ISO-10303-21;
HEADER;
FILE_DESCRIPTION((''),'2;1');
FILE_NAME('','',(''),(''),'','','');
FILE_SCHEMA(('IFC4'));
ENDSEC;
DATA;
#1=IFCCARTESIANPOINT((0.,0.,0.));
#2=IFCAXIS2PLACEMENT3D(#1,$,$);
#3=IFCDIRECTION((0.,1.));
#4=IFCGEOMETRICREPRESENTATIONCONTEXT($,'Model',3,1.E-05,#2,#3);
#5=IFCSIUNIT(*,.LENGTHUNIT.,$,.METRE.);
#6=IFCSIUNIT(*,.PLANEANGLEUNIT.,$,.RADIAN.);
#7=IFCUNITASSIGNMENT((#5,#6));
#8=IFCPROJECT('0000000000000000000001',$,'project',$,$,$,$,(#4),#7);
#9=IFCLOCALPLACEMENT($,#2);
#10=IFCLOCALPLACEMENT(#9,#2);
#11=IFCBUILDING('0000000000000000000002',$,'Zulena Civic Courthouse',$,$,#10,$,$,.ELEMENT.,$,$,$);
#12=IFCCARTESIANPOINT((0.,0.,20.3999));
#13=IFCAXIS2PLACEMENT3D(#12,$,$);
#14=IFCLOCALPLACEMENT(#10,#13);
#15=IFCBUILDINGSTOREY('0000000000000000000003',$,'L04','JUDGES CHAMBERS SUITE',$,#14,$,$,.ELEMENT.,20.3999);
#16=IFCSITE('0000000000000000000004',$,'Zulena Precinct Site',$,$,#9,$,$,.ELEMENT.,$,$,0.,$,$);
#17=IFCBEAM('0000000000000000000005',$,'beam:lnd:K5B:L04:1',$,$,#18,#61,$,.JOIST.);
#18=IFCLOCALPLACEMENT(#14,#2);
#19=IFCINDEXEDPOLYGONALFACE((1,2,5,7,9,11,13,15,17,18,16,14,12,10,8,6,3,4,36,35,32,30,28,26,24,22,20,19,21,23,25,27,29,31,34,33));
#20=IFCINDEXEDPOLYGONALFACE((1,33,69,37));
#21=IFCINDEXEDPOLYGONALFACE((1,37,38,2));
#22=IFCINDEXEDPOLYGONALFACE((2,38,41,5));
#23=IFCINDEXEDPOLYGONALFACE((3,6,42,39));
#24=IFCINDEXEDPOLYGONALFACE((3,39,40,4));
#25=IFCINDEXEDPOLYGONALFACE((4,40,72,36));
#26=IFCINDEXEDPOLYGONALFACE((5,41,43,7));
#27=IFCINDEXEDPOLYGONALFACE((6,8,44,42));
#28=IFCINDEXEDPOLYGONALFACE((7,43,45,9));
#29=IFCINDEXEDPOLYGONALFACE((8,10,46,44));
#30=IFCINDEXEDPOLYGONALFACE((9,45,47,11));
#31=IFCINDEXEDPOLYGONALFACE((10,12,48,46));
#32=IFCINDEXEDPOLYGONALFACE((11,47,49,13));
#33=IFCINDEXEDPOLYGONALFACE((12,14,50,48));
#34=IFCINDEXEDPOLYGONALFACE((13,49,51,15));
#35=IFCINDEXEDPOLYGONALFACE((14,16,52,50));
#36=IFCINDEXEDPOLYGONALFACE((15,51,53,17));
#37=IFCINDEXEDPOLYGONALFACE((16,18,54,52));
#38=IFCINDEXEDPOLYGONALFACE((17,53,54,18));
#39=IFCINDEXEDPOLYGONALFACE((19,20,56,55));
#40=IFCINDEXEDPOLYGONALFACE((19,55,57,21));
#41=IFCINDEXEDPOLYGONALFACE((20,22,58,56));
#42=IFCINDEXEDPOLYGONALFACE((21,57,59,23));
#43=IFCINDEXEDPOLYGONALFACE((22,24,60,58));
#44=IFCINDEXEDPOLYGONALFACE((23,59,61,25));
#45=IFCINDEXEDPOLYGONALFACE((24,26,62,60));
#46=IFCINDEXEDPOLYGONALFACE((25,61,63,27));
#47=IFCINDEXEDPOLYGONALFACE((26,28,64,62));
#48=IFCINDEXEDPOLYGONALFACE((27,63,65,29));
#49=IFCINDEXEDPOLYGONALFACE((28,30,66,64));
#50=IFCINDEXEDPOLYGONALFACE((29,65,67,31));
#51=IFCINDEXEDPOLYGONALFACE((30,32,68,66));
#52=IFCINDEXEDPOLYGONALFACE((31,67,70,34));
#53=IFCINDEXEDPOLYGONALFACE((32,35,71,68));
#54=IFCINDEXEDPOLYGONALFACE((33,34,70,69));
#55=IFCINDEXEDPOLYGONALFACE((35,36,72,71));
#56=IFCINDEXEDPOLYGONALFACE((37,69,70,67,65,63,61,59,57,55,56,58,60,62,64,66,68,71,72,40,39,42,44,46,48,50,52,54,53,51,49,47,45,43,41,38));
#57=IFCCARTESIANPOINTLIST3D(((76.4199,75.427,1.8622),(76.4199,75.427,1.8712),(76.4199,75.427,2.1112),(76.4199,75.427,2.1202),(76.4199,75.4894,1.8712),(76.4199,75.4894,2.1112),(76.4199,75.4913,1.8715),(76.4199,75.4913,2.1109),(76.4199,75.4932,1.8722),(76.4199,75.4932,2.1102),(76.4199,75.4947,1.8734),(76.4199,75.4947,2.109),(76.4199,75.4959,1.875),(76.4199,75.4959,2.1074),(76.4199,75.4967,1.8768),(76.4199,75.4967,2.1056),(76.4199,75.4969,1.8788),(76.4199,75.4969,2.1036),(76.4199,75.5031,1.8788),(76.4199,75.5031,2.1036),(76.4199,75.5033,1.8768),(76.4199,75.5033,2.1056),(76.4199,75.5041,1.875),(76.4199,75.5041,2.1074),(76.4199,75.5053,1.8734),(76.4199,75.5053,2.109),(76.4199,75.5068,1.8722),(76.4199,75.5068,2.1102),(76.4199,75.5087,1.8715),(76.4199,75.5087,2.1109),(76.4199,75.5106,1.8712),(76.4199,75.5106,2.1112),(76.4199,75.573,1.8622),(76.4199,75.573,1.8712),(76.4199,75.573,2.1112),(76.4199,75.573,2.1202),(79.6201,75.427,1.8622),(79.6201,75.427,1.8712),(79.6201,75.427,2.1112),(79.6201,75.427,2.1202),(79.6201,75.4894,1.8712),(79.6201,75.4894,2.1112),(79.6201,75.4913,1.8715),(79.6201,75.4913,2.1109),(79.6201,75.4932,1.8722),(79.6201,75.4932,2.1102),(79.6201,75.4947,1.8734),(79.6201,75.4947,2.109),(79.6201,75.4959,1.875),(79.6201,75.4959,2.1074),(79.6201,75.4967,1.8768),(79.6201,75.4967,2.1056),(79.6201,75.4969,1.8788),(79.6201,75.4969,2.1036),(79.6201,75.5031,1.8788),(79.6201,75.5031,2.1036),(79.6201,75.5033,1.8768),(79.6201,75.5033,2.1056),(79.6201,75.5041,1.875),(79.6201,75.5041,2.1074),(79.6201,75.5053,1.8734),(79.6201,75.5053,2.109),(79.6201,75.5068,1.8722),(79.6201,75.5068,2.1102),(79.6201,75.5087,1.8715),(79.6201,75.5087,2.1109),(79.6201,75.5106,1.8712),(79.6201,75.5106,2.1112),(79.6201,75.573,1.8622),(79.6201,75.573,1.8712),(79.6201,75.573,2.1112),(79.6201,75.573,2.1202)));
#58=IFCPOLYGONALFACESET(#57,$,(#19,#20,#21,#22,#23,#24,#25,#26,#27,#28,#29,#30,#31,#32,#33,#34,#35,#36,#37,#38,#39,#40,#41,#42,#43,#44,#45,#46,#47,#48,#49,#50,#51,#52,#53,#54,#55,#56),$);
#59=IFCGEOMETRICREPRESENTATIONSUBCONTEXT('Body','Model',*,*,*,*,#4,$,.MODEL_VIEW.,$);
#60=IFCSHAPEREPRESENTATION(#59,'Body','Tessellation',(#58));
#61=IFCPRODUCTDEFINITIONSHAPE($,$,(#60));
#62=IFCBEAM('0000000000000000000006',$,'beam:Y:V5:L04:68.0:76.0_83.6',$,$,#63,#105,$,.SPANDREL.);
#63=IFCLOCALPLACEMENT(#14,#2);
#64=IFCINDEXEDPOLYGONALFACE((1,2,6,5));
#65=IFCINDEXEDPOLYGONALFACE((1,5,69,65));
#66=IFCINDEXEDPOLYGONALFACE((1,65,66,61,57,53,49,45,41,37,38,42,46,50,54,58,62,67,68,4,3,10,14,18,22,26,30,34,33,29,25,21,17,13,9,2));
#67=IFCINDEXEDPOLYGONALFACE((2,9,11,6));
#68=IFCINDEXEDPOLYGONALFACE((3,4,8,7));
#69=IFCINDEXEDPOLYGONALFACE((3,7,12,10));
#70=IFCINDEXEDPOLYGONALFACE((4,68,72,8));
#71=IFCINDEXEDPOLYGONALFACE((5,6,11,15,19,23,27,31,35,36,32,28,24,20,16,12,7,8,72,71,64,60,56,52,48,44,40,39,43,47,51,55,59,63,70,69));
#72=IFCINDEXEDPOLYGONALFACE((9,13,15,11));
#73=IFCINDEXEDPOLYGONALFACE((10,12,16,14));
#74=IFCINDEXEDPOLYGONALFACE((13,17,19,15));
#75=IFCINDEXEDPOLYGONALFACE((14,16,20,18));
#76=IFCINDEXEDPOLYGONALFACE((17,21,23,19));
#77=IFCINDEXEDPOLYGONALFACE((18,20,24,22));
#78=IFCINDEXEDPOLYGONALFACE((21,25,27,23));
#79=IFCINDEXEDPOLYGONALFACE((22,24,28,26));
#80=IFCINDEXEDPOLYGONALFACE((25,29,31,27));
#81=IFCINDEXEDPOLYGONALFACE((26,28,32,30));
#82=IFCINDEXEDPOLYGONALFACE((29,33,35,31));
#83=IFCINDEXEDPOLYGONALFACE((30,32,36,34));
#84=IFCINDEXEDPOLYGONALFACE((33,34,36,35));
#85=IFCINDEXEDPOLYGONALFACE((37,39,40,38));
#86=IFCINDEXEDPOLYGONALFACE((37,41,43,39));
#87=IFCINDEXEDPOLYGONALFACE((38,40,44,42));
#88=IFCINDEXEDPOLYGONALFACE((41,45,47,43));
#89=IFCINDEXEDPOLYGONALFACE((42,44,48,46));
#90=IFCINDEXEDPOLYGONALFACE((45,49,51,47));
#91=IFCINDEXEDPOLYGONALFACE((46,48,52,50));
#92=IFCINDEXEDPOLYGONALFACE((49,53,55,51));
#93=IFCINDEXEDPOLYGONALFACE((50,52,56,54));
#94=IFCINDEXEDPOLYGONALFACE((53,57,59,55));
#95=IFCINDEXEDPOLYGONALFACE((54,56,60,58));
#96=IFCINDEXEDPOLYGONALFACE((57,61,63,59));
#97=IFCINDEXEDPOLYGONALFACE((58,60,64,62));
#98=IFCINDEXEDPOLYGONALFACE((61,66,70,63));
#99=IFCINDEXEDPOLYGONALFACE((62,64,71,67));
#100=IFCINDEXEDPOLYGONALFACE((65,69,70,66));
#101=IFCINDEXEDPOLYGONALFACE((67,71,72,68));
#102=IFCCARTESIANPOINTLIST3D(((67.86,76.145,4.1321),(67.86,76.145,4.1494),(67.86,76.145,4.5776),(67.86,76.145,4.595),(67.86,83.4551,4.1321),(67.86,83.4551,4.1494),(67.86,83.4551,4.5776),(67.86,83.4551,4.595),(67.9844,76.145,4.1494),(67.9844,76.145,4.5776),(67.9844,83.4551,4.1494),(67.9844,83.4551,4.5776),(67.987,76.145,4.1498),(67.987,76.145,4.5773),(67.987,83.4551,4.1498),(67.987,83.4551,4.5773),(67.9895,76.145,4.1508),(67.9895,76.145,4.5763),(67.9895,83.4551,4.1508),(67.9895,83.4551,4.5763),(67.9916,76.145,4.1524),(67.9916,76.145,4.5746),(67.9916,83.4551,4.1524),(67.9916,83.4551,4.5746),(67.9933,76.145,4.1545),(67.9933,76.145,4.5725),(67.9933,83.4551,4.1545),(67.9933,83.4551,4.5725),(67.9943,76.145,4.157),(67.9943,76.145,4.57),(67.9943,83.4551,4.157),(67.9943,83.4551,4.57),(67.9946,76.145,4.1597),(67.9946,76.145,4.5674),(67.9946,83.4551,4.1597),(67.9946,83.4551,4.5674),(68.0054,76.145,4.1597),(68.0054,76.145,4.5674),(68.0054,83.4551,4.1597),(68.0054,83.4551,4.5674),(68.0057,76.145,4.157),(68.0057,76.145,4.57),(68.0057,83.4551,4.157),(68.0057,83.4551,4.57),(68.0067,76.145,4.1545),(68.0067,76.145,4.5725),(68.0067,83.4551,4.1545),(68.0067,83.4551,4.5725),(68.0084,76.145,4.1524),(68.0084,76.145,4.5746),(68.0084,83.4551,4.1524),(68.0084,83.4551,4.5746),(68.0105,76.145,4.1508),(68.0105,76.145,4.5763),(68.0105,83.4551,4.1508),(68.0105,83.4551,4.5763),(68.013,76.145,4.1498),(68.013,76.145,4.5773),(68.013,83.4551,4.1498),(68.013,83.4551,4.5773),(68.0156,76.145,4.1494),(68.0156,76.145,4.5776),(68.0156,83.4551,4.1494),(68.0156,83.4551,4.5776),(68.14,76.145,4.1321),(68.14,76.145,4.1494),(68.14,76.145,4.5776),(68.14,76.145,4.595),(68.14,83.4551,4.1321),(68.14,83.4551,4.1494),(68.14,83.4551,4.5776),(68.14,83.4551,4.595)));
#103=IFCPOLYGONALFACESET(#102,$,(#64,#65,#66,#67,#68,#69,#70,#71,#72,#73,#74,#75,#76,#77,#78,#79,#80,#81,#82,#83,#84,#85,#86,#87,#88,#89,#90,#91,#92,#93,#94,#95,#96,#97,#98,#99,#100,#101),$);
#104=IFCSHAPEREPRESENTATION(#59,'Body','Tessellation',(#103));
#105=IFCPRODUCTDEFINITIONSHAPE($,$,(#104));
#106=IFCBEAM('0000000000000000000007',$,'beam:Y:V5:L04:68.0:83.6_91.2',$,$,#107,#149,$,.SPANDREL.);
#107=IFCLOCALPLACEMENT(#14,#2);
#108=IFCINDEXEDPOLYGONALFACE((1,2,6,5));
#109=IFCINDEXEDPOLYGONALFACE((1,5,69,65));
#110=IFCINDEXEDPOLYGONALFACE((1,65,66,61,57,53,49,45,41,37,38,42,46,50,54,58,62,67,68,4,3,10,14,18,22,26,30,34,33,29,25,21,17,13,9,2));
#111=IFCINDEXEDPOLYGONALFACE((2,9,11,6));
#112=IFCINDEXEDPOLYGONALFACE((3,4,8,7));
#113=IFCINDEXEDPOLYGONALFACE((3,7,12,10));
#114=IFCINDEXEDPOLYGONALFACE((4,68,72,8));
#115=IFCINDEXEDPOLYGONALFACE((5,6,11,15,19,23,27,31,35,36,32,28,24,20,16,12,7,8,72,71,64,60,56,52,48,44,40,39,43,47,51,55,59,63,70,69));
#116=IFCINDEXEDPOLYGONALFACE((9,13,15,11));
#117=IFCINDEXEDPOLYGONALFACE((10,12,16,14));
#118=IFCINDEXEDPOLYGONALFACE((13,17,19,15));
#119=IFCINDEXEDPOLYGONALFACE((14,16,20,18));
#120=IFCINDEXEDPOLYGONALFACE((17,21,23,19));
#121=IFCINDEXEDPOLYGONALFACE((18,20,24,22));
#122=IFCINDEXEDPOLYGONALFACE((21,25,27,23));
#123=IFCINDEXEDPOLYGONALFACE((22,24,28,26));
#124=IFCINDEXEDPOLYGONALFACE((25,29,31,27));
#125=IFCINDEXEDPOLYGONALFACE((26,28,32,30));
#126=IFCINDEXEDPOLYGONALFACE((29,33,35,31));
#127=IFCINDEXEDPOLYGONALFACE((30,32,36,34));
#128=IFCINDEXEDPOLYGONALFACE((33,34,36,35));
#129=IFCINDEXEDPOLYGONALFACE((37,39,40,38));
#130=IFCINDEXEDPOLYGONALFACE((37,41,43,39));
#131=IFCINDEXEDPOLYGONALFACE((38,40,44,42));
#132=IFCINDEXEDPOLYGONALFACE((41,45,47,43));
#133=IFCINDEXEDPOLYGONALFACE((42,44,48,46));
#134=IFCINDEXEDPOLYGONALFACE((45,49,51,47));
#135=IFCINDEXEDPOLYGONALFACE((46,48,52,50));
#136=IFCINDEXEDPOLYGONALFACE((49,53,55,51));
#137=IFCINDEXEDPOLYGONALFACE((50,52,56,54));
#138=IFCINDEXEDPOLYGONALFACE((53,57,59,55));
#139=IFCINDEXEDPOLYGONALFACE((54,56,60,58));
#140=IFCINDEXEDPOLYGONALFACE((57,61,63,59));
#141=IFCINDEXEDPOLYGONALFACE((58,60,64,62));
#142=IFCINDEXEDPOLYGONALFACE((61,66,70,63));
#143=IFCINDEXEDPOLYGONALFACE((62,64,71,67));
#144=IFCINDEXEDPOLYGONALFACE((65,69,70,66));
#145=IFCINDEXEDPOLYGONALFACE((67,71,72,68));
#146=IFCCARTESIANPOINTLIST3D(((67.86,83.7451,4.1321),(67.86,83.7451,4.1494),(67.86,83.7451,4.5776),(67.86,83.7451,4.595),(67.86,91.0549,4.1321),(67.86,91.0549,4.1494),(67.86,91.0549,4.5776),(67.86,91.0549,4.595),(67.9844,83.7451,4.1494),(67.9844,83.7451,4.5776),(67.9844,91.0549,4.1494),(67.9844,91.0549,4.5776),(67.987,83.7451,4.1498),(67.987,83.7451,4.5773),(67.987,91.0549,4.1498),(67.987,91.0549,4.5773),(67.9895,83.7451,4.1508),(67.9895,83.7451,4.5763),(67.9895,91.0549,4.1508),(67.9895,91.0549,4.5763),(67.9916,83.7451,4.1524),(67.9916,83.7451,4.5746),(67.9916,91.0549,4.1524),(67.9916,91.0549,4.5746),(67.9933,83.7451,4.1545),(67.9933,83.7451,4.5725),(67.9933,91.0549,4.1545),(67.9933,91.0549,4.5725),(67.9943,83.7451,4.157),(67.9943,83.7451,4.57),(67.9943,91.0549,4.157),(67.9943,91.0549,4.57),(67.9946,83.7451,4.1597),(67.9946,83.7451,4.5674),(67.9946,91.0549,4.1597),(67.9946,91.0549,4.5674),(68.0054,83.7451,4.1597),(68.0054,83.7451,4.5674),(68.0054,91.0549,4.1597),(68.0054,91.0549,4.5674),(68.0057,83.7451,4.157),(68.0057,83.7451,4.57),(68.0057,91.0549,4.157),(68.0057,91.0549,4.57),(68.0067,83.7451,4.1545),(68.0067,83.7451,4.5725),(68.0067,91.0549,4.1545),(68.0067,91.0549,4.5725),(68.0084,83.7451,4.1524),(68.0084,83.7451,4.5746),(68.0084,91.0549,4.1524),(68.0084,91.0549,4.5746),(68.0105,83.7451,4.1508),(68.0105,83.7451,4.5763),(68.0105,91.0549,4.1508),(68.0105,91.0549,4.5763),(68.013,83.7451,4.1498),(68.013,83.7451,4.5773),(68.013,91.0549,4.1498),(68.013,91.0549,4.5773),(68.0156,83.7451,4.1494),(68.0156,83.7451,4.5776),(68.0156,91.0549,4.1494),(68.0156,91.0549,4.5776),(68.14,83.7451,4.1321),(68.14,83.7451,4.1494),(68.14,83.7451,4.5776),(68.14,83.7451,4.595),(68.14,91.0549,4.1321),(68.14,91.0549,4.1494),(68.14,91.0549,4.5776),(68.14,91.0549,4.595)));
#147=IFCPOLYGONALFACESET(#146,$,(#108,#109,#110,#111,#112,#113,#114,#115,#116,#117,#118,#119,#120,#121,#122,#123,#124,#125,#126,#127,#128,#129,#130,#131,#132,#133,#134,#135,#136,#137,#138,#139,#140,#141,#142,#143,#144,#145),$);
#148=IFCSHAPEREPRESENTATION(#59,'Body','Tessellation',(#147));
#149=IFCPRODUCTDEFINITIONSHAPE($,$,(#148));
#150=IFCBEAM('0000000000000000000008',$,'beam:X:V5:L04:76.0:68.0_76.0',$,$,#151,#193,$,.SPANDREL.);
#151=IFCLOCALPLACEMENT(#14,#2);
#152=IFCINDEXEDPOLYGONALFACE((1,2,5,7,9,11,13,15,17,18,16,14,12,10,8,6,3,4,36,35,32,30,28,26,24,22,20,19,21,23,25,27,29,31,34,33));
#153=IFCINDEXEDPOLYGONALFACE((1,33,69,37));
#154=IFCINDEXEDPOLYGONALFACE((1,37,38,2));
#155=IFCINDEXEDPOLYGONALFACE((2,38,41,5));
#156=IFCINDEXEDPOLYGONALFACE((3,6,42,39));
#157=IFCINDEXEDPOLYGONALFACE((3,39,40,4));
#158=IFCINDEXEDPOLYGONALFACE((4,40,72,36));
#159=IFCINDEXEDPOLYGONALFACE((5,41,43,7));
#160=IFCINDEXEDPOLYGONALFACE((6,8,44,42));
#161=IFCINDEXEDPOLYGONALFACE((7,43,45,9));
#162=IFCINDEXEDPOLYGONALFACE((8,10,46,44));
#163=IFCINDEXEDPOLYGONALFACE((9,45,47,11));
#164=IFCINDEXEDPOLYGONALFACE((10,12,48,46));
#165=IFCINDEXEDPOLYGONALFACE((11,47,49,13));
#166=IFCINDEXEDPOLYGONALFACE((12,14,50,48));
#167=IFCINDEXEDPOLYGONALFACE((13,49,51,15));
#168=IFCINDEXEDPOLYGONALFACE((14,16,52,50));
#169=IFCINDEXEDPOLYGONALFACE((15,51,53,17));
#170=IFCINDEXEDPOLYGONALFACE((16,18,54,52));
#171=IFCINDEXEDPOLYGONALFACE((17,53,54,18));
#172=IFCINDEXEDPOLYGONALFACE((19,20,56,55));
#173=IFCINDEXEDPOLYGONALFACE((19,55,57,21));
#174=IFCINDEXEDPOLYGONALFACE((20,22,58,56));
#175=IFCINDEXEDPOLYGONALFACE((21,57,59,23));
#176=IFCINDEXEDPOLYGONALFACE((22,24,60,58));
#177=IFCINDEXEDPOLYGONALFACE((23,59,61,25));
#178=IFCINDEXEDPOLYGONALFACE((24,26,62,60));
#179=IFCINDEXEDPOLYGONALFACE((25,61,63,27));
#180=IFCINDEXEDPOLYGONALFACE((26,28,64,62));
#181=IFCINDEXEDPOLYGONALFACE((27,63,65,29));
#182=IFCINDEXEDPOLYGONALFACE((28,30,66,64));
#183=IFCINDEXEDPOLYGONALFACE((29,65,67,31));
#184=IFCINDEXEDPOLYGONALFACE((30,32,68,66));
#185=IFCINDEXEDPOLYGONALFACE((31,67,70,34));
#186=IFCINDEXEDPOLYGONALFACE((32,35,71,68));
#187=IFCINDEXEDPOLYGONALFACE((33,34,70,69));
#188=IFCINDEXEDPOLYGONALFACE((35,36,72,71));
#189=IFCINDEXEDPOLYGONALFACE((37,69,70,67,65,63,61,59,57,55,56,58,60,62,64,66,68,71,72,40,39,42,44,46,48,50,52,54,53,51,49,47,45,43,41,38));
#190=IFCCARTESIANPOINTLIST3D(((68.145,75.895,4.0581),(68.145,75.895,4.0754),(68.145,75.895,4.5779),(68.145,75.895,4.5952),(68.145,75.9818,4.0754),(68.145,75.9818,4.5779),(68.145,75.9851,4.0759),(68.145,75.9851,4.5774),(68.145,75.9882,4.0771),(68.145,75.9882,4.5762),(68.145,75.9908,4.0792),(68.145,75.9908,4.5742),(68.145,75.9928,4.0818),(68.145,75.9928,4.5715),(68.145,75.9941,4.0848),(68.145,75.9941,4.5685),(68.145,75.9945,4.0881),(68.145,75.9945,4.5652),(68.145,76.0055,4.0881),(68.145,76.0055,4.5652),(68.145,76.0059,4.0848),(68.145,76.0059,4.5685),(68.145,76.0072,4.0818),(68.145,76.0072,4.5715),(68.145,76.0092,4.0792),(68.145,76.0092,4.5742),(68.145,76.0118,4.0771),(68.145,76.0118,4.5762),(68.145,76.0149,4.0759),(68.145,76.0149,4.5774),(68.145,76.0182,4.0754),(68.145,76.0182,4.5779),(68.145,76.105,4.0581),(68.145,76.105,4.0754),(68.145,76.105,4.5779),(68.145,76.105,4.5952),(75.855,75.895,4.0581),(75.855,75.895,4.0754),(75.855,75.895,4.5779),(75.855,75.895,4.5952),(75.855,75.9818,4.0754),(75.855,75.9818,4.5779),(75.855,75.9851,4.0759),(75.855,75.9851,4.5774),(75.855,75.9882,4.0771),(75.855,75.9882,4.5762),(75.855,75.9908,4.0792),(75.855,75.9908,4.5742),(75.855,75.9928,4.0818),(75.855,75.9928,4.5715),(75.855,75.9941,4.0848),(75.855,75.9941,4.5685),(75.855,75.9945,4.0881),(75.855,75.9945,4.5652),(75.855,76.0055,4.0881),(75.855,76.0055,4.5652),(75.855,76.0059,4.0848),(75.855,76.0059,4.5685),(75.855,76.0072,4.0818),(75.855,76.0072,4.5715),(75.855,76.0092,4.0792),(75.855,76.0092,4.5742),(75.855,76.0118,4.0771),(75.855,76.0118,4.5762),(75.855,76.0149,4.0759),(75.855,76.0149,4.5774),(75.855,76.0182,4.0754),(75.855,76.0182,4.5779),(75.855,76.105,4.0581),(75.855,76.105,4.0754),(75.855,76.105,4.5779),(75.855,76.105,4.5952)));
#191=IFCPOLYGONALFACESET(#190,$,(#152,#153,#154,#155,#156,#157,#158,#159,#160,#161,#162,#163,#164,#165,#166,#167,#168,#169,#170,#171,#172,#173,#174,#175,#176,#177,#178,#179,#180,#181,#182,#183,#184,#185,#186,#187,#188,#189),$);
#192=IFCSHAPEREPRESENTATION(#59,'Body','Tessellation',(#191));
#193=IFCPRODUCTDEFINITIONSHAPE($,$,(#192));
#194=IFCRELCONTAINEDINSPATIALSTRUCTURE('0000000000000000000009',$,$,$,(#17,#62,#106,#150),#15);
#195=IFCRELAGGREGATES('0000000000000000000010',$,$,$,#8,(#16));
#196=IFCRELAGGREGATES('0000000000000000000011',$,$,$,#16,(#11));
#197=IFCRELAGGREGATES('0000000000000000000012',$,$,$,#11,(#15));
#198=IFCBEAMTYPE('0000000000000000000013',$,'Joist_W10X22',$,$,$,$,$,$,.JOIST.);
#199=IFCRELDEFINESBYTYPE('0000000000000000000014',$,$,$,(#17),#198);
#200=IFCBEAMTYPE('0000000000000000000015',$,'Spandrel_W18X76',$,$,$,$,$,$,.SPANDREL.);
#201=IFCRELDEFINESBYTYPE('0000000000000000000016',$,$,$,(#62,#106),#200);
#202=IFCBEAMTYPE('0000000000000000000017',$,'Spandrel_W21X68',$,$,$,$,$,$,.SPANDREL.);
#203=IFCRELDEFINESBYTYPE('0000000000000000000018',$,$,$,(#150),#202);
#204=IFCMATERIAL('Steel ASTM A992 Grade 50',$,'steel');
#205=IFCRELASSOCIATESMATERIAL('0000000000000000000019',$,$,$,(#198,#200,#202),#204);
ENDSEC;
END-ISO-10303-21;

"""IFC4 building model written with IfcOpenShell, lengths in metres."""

from ifc_helpers import new_model, si_unit, direction, frame, origin, origin_2d, place, context, subcontext, project, spatial, i_section, extrude, material, material_profile, profile_set, type_object, element, save


model = new_model("IFC4")

# Units and contexts
model_context = context("Model", 3, precision=1e-05, world=origin(), true_north=direction((0.0, 1.0)))
body_context = subcontext(model_context, "Body", "Model", "MODEL_VIEW")
ifc_project = project(units=[si_unit("LENGTHUNIT", "METRE"), si_unit("PLANEANGLEUNIT", "RADIAN")], contexts=[model_context])

# Site, building, storey
site_placement = place(None, origin())
site = spatial("IfcSite", under=ifc_project, at=site_placement, Name="Zulena Precinct Site", CompositionType="ELEMENT", RefElevation=0.0)
building_placement = place(site_placement, origin())
building = spatial("IfcBuilding", under=site, at=building_placement, Name="Zulena Civic Courthouse", CompositionType="ELEMENT")
storey_placement = place(building_placement, frame((0.0, 0.0, 20.3999)))
storey = spatial("IfcBuildingStorey", under=building, at=storey_placement, Name="L04", Description="JUDGES CHAMBERS SUITE", CompositionType="ELEMENT", Elevation=20.3999)

# Shared definitions
ifc_material_1 = material(Name="Steel ASTM A992 Grade 50", Category="steel")

# Beams
ifc_material_profile_1 = material_profile(ifc_material_1, i_section(OverallWidth=0.146, OverallDepth=0.2581, WebThickness=0.0061, FlangeThickness=0.009, FilletRadius=0.0076, at=origin_2d()), Name="W10X22")
ifc_profile_set_1 = profile_set([ifc_material_profile_1], Name="Steel ASTM A992 Grade 50")
beam_type_1 = type_object("IfcBeamType", Name="Joist_W10X22", PredefinedType="JOIST", material=ifc_profile_set_1)
for number, where, z_axis, x_axis, name in (
    (1, (76.4199, 75.5, 1.9912), (1.0, 0.0, 0.0), (0.0, 1.0, 0.0), "beam:lnd:K5B:L04:1"),
):
    element("IfcBeam", number, at=place(storey_placement, frame(where, z_axis=z_axis, x_axis=x_axis)), inside=storey, type_object=beam_type_1, Name=name, PredefinedType="JOIST", context=body_context, shape_type="SweptSolid", body=[
        extrude(i_section(OverallWidth=0.146, OverallDepth=0.2581, WebThickness=0.0061, FlangeThickness=0.009, FilletRadius=0.0076, at=origin_2d()), origin(), (0.0, 0.0, 1.0), 3.2002),
    ])
ifc_material_profile_2 = material_profile(ifc_material_1, i_section(OverallWidth=0.28, OverallDepth=0.4629, WebThickness=0.0107, FlangeThickness=0.0173, FilletRadius=0.0103, at=origin_2d()), Name="W18X76")
ifc_profile_set_2 = profile_set([ifc_material_profile_2], Name="Steel ASTM A992 Grade 50")
beam_type_2 = type_object("IfcBeamType", Name="Spandrel_W18X76", PredefinedType="SPANDREL", material=ifc_profile_set_2)
beam_1_placement = place(storey_placement, frame((68.0, 76.145, 4.3635), z_axis=(0.0, 1.0, 0.0), x_axis=(-1.0, 0.0, 0.0)))
element("IfcBeam", 2, at=beam_1_placement, inside=storey, type_object=beam_type_2, Name="beam:Y:V5:L04:68.0:76.0_83.6", PredefinedType="SPANDREL", context=body_context, shape_type="SweptSolid", body=[
    extrude(i_section(OverallWidth=0.28, OverallDepth=0.4629, WebThickness=0.0107, FlangeThickness=0.0173, FilletRadius=0.0103, at=origin_2d()), origin(), (0.0, 0.0, 1.0), 7.3101),
])
beam_2_placement = place(storey_placement, frame((68.0, 83.7451, 4.3635), z_axis=(0.0, 1.0, 0.0), x_axis=(-1.0, 0.0, 0.0)))
element("IfcBeam", 3, at=beam_2_placement, inside=storey, type_object=beam_type_2, Name="beam:Y:V5:L04:68.0:83.6_91.2", PredefinedType="SPANDREL", context=body_context, shape_type="SweptSolid", body=[
    extrude(i_section(OverallWidth=0.28, OverallDepth=0.4629, WebThickness=0.0107, FlangeThickness=0.0173, FilletRadius=0.0103, at=origin_2d()), origin(), (0.0, 0.0, 1.0), 7.3098),
])
ifc_material_profile_3 = material_profile(ifc_material_1, i_section(OverallWidth=0.21, OverallDepth=0.5371, WebThickness=0.011, FlangeThickness=0.0173, FilletRadius=0.0127, at=origin_2d()), Name="W21X68")
ifc_profile_set_3 = profile_set([ifc_material_profile_3], Name="Steel ASTM A992 Grade 50")
beam_type_3 = type_object("IfcBeamType", Name="Spandrel_W21X68", PredefinedType="SPANDREL", material=ifc_profile_set_3)
for number, where, z_axis, x_axis, name in (
    (4, (68.145, 76.0, 4.3267), (1.0, 0.0, 0.0), (0.0, 1.0, 0.0), "beam:X:V5:L04:76.0:68.0_76.0"),
):
    element("IfcBeam", number, at=place(storey_placement, frame(where, z_axis=z_axis, x_axis=x_axis)), inside=storey, type_object=beam_type_3, Name=name, PredefinedType="SPANDREL", context=body_context, shape_type="SweptSolid", body=[
        extrude(i_section(OverallWidth=0.21, OverallDepth=0.5371, WebThickness=0.011, FlangeThickness=0.0173, FilletRadius=0.0127, at=origin_2d()), origin(), (0.0, 0.0, 1.0), 7.71),
    ])

save(model, "model.ifc")
